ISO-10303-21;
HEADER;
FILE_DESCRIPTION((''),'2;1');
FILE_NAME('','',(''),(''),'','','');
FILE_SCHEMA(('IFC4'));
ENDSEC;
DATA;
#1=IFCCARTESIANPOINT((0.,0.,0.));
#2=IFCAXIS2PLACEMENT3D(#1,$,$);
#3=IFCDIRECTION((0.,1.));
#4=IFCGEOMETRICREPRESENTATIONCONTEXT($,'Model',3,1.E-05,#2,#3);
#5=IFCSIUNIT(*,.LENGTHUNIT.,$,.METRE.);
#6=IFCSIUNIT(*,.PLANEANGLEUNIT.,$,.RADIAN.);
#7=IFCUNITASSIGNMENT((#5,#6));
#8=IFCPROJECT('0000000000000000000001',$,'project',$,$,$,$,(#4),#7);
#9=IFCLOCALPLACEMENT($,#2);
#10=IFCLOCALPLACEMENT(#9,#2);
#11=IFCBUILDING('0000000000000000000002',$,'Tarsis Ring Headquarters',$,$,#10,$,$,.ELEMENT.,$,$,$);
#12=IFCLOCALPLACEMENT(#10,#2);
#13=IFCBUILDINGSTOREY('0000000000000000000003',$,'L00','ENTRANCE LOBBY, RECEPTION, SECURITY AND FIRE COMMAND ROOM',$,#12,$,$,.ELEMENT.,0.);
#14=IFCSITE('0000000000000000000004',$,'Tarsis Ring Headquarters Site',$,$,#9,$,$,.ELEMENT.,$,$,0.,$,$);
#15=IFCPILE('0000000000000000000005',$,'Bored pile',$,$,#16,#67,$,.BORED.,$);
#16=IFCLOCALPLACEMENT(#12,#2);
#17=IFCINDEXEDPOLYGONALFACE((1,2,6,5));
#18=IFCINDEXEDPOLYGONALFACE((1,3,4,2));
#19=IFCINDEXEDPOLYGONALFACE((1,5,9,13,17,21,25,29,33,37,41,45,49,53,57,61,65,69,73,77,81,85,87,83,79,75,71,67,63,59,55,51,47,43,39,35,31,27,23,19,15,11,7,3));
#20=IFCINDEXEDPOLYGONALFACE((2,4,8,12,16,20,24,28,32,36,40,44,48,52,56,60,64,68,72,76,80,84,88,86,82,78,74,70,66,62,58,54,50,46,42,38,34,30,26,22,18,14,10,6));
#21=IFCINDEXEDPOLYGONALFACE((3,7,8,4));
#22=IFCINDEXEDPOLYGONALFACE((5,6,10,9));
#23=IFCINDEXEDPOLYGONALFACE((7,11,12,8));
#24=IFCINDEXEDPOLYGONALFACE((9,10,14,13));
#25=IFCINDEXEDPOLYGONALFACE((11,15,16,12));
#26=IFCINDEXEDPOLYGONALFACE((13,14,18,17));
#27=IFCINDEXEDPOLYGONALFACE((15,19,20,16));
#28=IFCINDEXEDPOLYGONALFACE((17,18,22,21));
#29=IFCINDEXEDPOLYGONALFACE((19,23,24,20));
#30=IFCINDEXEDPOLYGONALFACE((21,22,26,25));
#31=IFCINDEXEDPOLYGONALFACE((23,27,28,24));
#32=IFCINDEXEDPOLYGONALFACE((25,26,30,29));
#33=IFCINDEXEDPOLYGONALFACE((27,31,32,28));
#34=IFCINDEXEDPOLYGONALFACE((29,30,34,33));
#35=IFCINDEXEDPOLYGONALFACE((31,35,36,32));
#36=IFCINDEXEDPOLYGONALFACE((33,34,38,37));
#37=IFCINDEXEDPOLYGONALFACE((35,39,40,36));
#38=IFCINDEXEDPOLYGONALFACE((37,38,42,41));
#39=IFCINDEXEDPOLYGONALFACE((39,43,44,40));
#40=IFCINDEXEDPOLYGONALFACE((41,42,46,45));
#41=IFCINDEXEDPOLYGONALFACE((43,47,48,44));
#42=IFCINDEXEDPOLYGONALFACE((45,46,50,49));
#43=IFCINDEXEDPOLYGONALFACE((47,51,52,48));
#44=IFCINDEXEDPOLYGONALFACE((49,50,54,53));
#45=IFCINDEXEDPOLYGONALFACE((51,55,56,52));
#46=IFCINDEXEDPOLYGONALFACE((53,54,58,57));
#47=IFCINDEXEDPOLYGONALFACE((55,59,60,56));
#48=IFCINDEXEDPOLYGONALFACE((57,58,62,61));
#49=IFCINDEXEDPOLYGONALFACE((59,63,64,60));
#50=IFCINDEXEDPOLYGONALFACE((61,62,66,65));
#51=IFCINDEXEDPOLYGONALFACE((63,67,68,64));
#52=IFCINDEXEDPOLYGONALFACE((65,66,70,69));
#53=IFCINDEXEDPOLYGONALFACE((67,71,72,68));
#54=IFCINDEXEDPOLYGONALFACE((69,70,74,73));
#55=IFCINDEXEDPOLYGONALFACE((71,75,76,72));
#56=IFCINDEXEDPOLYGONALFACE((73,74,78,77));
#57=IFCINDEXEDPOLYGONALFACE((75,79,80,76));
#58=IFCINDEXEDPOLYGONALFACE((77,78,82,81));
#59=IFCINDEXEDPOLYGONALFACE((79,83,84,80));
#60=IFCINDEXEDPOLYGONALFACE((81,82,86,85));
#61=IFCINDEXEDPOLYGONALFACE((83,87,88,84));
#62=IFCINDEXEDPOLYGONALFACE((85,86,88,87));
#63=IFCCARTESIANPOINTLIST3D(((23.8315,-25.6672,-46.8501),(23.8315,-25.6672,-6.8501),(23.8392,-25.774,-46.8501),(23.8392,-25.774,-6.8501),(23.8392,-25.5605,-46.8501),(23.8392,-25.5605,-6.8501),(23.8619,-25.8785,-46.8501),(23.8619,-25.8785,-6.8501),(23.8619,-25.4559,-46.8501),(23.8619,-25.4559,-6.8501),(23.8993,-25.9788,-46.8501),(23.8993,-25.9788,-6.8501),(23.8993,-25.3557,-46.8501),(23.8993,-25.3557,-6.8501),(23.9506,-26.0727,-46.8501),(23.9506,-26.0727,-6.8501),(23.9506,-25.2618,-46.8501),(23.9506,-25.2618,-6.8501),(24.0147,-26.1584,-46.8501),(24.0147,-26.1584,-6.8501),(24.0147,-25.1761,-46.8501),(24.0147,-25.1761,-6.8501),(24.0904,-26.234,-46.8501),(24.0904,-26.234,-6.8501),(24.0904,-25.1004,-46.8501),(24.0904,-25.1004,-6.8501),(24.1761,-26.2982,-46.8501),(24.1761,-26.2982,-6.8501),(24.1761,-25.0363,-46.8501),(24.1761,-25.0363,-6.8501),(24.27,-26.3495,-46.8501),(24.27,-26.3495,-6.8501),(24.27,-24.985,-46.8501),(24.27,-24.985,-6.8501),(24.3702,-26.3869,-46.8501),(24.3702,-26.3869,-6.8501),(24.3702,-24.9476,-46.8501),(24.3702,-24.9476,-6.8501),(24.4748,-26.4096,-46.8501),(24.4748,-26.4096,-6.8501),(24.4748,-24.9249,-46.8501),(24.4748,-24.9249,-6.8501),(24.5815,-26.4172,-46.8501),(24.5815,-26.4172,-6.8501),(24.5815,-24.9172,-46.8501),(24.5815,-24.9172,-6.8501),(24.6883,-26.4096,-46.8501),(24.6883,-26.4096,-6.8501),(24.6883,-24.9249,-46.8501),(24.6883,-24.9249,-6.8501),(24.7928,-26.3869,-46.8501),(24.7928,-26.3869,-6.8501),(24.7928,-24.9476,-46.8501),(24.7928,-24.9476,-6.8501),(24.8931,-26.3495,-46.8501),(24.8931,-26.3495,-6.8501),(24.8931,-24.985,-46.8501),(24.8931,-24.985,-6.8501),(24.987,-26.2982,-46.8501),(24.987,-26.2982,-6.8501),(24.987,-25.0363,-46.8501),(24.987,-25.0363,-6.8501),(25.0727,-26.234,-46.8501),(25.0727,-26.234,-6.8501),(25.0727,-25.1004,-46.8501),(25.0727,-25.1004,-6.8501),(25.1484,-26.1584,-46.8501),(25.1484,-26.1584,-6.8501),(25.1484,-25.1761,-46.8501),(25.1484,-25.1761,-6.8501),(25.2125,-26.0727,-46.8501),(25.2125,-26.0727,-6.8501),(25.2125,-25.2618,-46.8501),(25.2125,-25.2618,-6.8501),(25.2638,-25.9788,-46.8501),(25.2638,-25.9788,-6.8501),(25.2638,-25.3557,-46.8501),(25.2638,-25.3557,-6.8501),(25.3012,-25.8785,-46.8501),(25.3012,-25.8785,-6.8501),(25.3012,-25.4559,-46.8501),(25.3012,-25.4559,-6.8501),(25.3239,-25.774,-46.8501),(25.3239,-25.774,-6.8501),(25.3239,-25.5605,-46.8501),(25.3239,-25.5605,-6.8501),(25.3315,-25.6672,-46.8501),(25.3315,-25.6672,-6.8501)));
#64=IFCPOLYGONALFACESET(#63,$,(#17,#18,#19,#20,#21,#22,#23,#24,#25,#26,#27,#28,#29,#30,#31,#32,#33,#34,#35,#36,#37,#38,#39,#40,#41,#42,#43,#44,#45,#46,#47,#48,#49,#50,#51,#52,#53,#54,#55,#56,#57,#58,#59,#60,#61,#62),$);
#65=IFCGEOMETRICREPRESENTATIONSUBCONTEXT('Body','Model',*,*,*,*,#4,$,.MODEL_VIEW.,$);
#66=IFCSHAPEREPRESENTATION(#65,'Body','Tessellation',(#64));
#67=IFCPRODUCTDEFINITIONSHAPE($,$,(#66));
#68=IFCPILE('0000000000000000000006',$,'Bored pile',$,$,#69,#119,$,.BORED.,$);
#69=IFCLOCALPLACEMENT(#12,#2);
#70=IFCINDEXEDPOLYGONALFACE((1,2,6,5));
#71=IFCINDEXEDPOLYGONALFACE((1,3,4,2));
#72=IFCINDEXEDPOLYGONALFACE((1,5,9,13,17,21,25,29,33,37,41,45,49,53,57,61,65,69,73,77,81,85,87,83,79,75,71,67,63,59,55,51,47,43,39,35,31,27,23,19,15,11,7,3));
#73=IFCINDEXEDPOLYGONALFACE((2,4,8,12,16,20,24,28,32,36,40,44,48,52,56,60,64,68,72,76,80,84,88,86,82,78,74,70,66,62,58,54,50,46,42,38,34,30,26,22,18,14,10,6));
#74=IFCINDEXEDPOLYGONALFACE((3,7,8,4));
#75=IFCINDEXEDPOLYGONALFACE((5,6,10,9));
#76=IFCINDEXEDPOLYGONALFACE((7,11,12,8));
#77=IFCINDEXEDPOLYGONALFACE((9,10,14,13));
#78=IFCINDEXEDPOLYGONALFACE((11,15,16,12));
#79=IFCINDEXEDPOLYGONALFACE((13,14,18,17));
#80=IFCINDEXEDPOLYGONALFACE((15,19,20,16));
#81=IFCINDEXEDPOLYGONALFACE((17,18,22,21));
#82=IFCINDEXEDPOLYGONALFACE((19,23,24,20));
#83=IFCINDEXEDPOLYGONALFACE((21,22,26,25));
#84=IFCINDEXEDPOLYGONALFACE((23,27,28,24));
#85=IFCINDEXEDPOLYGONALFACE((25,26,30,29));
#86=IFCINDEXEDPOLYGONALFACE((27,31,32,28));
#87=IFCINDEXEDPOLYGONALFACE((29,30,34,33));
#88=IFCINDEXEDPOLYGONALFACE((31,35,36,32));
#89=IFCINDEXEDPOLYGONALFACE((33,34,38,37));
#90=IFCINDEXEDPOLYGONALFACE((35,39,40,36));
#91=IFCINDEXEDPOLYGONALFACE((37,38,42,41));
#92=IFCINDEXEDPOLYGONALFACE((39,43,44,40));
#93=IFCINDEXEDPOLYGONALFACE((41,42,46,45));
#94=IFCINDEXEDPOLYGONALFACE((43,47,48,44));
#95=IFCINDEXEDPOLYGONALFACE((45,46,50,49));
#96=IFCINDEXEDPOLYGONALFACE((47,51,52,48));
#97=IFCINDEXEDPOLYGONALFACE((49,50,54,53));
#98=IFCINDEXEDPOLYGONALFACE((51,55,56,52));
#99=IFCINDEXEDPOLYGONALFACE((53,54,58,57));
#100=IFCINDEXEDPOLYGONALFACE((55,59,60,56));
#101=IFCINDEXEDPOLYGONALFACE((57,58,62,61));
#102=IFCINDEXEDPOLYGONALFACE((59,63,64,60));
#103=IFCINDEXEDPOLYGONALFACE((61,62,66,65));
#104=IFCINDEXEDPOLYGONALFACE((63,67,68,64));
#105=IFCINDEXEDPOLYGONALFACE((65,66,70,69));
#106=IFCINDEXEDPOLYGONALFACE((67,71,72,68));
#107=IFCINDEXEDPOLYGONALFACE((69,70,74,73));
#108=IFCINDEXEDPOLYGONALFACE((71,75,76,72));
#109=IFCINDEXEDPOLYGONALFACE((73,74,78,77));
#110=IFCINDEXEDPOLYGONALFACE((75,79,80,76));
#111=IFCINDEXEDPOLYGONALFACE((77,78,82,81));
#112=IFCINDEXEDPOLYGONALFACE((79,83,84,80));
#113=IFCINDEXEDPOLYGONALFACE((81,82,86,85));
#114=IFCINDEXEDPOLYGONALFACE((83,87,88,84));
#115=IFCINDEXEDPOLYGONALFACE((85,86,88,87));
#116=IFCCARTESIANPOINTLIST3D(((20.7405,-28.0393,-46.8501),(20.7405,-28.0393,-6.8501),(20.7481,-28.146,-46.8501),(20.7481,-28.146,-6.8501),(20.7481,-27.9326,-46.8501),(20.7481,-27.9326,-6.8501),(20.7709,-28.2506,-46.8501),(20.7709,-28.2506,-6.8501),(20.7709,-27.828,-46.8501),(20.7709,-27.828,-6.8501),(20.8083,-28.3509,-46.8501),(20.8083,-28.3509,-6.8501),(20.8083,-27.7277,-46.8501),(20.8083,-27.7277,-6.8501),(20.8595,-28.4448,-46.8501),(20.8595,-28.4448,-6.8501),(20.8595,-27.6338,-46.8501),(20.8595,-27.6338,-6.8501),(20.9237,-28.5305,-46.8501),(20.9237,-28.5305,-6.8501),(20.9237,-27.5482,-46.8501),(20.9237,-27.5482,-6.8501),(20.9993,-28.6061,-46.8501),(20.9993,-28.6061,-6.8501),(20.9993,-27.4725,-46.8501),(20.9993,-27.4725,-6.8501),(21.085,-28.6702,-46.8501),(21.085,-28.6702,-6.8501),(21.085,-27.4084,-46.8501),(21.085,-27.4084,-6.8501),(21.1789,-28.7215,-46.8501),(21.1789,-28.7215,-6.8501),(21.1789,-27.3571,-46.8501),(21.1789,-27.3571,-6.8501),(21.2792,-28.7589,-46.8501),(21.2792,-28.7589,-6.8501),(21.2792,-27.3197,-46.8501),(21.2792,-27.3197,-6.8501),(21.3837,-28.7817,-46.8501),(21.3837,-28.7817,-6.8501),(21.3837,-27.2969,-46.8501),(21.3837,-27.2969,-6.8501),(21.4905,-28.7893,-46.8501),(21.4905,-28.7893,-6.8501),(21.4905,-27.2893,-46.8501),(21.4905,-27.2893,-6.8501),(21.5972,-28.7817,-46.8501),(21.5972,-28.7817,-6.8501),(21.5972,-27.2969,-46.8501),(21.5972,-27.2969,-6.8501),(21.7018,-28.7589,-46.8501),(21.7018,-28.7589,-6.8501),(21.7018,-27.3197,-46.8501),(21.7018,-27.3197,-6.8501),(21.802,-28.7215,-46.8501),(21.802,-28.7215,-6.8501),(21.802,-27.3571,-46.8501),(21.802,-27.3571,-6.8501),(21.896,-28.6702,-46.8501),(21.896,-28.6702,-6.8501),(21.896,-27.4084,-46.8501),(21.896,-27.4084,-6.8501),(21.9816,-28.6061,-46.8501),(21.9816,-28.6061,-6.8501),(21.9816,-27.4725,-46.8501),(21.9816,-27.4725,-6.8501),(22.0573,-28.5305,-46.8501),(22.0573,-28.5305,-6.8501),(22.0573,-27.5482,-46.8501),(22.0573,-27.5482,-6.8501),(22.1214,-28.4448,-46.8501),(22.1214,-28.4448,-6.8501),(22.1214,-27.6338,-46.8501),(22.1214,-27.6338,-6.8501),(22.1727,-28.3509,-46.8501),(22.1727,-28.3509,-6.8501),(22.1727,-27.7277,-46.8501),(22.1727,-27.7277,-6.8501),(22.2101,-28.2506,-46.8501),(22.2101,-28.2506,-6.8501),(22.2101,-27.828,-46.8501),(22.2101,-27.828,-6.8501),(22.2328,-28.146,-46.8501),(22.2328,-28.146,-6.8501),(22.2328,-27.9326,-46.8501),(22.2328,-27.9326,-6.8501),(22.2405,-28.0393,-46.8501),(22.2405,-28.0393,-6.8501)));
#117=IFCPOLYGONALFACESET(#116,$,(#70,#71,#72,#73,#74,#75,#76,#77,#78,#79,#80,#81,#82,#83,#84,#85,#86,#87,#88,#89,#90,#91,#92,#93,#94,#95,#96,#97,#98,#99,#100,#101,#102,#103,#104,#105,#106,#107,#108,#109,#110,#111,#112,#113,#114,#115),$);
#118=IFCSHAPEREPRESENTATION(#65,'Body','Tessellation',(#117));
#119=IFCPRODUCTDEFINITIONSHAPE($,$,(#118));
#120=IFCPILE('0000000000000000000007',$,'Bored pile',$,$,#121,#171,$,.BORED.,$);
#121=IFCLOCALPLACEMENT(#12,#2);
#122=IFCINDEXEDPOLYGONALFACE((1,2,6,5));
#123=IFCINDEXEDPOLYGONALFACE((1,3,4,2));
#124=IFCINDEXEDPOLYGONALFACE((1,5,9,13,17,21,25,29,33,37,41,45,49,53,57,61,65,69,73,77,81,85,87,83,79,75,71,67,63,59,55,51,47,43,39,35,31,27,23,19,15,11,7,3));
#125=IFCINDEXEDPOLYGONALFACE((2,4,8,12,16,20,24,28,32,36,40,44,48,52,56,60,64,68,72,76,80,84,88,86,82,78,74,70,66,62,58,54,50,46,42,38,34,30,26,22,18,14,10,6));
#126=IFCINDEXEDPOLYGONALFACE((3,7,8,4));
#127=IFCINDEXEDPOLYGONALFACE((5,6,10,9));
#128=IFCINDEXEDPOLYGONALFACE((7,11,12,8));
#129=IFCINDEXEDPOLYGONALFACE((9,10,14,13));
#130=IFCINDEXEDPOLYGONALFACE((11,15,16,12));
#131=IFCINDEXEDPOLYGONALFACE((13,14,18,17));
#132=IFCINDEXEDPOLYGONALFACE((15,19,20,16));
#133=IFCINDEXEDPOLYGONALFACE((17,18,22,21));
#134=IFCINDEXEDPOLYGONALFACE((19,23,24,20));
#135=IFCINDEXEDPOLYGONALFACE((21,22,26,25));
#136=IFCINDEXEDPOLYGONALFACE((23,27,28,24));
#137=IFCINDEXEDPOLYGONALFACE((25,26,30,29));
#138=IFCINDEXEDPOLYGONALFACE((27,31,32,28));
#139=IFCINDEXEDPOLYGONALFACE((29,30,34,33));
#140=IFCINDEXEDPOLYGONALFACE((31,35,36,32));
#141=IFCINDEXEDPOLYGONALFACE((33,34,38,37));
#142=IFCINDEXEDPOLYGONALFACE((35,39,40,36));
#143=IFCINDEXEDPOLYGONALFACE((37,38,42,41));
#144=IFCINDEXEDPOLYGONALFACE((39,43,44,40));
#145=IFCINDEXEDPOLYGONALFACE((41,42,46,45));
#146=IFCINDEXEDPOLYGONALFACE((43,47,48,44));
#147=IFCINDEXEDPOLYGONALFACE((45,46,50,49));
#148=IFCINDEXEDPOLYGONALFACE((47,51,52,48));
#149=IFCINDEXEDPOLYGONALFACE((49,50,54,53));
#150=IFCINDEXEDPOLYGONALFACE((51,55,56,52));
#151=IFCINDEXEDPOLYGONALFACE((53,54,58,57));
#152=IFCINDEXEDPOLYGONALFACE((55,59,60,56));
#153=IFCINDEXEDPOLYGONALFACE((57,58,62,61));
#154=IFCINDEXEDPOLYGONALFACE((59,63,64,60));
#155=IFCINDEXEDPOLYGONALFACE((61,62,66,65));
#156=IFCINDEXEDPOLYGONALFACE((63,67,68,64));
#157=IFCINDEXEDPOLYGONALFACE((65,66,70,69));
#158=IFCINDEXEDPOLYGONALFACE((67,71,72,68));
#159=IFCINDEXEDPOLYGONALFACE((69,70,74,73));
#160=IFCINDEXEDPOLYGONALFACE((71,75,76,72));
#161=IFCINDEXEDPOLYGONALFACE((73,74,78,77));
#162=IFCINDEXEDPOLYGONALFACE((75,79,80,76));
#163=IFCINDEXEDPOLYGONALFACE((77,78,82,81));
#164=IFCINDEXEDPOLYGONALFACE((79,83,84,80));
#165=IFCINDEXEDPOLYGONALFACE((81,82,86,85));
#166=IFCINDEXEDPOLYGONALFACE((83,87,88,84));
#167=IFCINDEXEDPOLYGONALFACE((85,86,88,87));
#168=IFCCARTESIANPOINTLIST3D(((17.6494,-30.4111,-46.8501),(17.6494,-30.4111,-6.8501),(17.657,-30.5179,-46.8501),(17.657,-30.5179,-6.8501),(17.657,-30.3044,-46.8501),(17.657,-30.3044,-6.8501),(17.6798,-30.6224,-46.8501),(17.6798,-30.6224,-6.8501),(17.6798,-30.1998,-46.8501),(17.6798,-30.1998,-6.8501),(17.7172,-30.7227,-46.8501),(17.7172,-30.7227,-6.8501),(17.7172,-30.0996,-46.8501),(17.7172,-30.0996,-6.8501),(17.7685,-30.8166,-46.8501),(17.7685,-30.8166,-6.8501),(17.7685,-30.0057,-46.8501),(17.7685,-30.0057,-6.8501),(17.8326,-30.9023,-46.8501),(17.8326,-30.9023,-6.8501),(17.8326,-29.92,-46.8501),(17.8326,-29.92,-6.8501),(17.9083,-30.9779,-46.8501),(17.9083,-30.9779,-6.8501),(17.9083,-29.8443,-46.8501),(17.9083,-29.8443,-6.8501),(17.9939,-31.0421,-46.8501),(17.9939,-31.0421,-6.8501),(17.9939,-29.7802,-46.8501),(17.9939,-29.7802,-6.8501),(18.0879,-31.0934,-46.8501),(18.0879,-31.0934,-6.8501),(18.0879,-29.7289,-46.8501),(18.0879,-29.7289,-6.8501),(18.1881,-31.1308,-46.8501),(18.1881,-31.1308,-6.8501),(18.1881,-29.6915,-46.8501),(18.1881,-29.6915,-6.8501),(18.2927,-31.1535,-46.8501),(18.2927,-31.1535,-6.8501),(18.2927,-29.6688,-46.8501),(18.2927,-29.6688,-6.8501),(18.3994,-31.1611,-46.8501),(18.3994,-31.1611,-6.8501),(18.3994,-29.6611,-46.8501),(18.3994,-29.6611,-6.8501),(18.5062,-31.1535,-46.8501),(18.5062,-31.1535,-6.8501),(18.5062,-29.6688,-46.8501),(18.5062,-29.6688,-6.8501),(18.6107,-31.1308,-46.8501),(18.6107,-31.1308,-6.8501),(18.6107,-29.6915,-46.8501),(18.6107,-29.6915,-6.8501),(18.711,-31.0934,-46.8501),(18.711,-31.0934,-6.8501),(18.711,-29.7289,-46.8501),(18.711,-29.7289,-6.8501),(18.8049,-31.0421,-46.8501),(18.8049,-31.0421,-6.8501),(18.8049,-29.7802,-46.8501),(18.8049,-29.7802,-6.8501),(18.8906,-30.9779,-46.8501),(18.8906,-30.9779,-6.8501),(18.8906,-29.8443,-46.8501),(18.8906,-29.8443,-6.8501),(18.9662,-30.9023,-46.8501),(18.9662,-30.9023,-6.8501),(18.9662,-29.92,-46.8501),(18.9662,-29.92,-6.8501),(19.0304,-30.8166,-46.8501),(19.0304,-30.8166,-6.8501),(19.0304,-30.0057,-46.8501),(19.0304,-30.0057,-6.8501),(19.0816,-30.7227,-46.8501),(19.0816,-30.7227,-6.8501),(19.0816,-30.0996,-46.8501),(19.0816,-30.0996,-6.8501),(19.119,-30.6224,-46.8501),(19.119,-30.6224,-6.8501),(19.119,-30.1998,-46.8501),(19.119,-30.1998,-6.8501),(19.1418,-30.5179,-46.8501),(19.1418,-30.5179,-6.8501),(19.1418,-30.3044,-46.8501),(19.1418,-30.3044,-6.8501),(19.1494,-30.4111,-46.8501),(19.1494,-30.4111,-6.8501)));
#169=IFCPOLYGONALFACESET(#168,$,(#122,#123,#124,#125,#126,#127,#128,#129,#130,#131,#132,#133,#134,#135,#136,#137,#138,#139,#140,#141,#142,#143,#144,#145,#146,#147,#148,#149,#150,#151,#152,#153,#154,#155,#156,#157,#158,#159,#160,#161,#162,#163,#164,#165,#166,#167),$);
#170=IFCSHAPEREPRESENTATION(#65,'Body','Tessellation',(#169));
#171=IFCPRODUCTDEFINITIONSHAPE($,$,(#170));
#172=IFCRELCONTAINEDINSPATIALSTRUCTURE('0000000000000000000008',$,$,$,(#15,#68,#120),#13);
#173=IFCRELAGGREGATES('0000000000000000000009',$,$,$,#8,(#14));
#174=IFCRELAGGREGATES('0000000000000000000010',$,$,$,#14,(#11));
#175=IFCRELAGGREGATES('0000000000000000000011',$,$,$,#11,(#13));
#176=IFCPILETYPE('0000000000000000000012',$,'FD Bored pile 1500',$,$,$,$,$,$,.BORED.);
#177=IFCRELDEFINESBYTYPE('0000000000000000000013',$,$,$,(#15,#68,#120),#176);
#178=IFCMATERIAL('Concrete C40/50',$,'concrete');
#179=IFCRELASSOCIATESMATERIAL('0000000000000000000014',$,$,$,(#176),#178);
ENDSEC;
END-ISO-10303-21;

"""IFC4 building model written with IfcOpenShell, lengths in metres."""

from ifc_helpers import new_model, si_unit, direction, frame, origin, origin_2d, place, context, subcontext, project, spatial, circle, extrude, material, material_profile, profile_set, type_object, element, save


model = new_model("IFC4")

# Units and contexts
model_context = context("Model", 3, precision=1e-05, world=origin(), true_north=direction((0.0, 1.0)))
body_context = subcontext(model_context, "Body", "Model", "MODEL_VIEW")
ifc_project = project(units=[si_unit("LENGTHUNIT", "METRE"), si_unit("PLANEANGLEUNIT", "RADIAN")], contexts=[model_context])

# Site, building, storey
site_placement = place(None, origin())
site = spatial("IfcSite", under=ifc_project, at=site_placement, Name="Tarsis Ring Headquarters Site", CompositionType="ELEMENT", RefElevation=0.0)
building_placement = place(site_placement, origin())
building = spatial("IfcBuilding", under=site, at=building_placement, Name="Tarsis Ring Headquarters", CompositionType="ELEMENT")
storey_placement = place(building_placement, origin())
storey = spatial("IfcBuildingStorey", under=building, at=storey_placement, Name="L00", Description="ENTRANCE LOBBY, RECEPTION, SECURITY AND FIRE COMMAND ROOM", CompositionType="ELEMENT", Elevation=0.0)

# Piles
ifc_material_1 = material(Name="Concrete C40/50", Category="concrete")
ifc_material_profile_1 = material_profile(ifc_material_1, circle(Radius=0.75, at=origin_2d()), Name="BORED 1500")
ifc_profile_set_1 = profile_set([ifc_material_profile_1], Name="Concrete C40/50")
pile_type_1 = type_object("IfcPileType", Name="FD Bored pile 1500", PredefinedType="BORED", material=ifc_profile_set_1)
for number, where, z_axis, x_axis, name in (
    (1, (24.5815, -25.6672, -6.8501), (0.0, 0.0, -1.0), (1.0, 0.0, 0.0), "Bored pile"),
    (2, (21.4905, -28.0393, -6.8501), (0.0, 0.0, -1.0), (1.0, 0.0, 0.0), "Bored pile"),
    (3, (18.3994, -30.4111, -6.8501), (0.0, 0.0, -1.0), (1.0, 0.0, 0.0), "Bored pile"),
):
    element("IfcPile", number, at=place(storey_placement, frame(where, z_axis=z_axis, x_axis=x_axis)), inside=storey, type_object=pile_type_1, Name=name, PredefinedType="BORED", context=body_context, shape_type="SweptSolid", body=[
        extrude(circle(Radius=0.75, at=origin_2d()), origin(), (0.0, 0.0, 1.0), 40.0),
    ])

save(model, "model.ifc")
